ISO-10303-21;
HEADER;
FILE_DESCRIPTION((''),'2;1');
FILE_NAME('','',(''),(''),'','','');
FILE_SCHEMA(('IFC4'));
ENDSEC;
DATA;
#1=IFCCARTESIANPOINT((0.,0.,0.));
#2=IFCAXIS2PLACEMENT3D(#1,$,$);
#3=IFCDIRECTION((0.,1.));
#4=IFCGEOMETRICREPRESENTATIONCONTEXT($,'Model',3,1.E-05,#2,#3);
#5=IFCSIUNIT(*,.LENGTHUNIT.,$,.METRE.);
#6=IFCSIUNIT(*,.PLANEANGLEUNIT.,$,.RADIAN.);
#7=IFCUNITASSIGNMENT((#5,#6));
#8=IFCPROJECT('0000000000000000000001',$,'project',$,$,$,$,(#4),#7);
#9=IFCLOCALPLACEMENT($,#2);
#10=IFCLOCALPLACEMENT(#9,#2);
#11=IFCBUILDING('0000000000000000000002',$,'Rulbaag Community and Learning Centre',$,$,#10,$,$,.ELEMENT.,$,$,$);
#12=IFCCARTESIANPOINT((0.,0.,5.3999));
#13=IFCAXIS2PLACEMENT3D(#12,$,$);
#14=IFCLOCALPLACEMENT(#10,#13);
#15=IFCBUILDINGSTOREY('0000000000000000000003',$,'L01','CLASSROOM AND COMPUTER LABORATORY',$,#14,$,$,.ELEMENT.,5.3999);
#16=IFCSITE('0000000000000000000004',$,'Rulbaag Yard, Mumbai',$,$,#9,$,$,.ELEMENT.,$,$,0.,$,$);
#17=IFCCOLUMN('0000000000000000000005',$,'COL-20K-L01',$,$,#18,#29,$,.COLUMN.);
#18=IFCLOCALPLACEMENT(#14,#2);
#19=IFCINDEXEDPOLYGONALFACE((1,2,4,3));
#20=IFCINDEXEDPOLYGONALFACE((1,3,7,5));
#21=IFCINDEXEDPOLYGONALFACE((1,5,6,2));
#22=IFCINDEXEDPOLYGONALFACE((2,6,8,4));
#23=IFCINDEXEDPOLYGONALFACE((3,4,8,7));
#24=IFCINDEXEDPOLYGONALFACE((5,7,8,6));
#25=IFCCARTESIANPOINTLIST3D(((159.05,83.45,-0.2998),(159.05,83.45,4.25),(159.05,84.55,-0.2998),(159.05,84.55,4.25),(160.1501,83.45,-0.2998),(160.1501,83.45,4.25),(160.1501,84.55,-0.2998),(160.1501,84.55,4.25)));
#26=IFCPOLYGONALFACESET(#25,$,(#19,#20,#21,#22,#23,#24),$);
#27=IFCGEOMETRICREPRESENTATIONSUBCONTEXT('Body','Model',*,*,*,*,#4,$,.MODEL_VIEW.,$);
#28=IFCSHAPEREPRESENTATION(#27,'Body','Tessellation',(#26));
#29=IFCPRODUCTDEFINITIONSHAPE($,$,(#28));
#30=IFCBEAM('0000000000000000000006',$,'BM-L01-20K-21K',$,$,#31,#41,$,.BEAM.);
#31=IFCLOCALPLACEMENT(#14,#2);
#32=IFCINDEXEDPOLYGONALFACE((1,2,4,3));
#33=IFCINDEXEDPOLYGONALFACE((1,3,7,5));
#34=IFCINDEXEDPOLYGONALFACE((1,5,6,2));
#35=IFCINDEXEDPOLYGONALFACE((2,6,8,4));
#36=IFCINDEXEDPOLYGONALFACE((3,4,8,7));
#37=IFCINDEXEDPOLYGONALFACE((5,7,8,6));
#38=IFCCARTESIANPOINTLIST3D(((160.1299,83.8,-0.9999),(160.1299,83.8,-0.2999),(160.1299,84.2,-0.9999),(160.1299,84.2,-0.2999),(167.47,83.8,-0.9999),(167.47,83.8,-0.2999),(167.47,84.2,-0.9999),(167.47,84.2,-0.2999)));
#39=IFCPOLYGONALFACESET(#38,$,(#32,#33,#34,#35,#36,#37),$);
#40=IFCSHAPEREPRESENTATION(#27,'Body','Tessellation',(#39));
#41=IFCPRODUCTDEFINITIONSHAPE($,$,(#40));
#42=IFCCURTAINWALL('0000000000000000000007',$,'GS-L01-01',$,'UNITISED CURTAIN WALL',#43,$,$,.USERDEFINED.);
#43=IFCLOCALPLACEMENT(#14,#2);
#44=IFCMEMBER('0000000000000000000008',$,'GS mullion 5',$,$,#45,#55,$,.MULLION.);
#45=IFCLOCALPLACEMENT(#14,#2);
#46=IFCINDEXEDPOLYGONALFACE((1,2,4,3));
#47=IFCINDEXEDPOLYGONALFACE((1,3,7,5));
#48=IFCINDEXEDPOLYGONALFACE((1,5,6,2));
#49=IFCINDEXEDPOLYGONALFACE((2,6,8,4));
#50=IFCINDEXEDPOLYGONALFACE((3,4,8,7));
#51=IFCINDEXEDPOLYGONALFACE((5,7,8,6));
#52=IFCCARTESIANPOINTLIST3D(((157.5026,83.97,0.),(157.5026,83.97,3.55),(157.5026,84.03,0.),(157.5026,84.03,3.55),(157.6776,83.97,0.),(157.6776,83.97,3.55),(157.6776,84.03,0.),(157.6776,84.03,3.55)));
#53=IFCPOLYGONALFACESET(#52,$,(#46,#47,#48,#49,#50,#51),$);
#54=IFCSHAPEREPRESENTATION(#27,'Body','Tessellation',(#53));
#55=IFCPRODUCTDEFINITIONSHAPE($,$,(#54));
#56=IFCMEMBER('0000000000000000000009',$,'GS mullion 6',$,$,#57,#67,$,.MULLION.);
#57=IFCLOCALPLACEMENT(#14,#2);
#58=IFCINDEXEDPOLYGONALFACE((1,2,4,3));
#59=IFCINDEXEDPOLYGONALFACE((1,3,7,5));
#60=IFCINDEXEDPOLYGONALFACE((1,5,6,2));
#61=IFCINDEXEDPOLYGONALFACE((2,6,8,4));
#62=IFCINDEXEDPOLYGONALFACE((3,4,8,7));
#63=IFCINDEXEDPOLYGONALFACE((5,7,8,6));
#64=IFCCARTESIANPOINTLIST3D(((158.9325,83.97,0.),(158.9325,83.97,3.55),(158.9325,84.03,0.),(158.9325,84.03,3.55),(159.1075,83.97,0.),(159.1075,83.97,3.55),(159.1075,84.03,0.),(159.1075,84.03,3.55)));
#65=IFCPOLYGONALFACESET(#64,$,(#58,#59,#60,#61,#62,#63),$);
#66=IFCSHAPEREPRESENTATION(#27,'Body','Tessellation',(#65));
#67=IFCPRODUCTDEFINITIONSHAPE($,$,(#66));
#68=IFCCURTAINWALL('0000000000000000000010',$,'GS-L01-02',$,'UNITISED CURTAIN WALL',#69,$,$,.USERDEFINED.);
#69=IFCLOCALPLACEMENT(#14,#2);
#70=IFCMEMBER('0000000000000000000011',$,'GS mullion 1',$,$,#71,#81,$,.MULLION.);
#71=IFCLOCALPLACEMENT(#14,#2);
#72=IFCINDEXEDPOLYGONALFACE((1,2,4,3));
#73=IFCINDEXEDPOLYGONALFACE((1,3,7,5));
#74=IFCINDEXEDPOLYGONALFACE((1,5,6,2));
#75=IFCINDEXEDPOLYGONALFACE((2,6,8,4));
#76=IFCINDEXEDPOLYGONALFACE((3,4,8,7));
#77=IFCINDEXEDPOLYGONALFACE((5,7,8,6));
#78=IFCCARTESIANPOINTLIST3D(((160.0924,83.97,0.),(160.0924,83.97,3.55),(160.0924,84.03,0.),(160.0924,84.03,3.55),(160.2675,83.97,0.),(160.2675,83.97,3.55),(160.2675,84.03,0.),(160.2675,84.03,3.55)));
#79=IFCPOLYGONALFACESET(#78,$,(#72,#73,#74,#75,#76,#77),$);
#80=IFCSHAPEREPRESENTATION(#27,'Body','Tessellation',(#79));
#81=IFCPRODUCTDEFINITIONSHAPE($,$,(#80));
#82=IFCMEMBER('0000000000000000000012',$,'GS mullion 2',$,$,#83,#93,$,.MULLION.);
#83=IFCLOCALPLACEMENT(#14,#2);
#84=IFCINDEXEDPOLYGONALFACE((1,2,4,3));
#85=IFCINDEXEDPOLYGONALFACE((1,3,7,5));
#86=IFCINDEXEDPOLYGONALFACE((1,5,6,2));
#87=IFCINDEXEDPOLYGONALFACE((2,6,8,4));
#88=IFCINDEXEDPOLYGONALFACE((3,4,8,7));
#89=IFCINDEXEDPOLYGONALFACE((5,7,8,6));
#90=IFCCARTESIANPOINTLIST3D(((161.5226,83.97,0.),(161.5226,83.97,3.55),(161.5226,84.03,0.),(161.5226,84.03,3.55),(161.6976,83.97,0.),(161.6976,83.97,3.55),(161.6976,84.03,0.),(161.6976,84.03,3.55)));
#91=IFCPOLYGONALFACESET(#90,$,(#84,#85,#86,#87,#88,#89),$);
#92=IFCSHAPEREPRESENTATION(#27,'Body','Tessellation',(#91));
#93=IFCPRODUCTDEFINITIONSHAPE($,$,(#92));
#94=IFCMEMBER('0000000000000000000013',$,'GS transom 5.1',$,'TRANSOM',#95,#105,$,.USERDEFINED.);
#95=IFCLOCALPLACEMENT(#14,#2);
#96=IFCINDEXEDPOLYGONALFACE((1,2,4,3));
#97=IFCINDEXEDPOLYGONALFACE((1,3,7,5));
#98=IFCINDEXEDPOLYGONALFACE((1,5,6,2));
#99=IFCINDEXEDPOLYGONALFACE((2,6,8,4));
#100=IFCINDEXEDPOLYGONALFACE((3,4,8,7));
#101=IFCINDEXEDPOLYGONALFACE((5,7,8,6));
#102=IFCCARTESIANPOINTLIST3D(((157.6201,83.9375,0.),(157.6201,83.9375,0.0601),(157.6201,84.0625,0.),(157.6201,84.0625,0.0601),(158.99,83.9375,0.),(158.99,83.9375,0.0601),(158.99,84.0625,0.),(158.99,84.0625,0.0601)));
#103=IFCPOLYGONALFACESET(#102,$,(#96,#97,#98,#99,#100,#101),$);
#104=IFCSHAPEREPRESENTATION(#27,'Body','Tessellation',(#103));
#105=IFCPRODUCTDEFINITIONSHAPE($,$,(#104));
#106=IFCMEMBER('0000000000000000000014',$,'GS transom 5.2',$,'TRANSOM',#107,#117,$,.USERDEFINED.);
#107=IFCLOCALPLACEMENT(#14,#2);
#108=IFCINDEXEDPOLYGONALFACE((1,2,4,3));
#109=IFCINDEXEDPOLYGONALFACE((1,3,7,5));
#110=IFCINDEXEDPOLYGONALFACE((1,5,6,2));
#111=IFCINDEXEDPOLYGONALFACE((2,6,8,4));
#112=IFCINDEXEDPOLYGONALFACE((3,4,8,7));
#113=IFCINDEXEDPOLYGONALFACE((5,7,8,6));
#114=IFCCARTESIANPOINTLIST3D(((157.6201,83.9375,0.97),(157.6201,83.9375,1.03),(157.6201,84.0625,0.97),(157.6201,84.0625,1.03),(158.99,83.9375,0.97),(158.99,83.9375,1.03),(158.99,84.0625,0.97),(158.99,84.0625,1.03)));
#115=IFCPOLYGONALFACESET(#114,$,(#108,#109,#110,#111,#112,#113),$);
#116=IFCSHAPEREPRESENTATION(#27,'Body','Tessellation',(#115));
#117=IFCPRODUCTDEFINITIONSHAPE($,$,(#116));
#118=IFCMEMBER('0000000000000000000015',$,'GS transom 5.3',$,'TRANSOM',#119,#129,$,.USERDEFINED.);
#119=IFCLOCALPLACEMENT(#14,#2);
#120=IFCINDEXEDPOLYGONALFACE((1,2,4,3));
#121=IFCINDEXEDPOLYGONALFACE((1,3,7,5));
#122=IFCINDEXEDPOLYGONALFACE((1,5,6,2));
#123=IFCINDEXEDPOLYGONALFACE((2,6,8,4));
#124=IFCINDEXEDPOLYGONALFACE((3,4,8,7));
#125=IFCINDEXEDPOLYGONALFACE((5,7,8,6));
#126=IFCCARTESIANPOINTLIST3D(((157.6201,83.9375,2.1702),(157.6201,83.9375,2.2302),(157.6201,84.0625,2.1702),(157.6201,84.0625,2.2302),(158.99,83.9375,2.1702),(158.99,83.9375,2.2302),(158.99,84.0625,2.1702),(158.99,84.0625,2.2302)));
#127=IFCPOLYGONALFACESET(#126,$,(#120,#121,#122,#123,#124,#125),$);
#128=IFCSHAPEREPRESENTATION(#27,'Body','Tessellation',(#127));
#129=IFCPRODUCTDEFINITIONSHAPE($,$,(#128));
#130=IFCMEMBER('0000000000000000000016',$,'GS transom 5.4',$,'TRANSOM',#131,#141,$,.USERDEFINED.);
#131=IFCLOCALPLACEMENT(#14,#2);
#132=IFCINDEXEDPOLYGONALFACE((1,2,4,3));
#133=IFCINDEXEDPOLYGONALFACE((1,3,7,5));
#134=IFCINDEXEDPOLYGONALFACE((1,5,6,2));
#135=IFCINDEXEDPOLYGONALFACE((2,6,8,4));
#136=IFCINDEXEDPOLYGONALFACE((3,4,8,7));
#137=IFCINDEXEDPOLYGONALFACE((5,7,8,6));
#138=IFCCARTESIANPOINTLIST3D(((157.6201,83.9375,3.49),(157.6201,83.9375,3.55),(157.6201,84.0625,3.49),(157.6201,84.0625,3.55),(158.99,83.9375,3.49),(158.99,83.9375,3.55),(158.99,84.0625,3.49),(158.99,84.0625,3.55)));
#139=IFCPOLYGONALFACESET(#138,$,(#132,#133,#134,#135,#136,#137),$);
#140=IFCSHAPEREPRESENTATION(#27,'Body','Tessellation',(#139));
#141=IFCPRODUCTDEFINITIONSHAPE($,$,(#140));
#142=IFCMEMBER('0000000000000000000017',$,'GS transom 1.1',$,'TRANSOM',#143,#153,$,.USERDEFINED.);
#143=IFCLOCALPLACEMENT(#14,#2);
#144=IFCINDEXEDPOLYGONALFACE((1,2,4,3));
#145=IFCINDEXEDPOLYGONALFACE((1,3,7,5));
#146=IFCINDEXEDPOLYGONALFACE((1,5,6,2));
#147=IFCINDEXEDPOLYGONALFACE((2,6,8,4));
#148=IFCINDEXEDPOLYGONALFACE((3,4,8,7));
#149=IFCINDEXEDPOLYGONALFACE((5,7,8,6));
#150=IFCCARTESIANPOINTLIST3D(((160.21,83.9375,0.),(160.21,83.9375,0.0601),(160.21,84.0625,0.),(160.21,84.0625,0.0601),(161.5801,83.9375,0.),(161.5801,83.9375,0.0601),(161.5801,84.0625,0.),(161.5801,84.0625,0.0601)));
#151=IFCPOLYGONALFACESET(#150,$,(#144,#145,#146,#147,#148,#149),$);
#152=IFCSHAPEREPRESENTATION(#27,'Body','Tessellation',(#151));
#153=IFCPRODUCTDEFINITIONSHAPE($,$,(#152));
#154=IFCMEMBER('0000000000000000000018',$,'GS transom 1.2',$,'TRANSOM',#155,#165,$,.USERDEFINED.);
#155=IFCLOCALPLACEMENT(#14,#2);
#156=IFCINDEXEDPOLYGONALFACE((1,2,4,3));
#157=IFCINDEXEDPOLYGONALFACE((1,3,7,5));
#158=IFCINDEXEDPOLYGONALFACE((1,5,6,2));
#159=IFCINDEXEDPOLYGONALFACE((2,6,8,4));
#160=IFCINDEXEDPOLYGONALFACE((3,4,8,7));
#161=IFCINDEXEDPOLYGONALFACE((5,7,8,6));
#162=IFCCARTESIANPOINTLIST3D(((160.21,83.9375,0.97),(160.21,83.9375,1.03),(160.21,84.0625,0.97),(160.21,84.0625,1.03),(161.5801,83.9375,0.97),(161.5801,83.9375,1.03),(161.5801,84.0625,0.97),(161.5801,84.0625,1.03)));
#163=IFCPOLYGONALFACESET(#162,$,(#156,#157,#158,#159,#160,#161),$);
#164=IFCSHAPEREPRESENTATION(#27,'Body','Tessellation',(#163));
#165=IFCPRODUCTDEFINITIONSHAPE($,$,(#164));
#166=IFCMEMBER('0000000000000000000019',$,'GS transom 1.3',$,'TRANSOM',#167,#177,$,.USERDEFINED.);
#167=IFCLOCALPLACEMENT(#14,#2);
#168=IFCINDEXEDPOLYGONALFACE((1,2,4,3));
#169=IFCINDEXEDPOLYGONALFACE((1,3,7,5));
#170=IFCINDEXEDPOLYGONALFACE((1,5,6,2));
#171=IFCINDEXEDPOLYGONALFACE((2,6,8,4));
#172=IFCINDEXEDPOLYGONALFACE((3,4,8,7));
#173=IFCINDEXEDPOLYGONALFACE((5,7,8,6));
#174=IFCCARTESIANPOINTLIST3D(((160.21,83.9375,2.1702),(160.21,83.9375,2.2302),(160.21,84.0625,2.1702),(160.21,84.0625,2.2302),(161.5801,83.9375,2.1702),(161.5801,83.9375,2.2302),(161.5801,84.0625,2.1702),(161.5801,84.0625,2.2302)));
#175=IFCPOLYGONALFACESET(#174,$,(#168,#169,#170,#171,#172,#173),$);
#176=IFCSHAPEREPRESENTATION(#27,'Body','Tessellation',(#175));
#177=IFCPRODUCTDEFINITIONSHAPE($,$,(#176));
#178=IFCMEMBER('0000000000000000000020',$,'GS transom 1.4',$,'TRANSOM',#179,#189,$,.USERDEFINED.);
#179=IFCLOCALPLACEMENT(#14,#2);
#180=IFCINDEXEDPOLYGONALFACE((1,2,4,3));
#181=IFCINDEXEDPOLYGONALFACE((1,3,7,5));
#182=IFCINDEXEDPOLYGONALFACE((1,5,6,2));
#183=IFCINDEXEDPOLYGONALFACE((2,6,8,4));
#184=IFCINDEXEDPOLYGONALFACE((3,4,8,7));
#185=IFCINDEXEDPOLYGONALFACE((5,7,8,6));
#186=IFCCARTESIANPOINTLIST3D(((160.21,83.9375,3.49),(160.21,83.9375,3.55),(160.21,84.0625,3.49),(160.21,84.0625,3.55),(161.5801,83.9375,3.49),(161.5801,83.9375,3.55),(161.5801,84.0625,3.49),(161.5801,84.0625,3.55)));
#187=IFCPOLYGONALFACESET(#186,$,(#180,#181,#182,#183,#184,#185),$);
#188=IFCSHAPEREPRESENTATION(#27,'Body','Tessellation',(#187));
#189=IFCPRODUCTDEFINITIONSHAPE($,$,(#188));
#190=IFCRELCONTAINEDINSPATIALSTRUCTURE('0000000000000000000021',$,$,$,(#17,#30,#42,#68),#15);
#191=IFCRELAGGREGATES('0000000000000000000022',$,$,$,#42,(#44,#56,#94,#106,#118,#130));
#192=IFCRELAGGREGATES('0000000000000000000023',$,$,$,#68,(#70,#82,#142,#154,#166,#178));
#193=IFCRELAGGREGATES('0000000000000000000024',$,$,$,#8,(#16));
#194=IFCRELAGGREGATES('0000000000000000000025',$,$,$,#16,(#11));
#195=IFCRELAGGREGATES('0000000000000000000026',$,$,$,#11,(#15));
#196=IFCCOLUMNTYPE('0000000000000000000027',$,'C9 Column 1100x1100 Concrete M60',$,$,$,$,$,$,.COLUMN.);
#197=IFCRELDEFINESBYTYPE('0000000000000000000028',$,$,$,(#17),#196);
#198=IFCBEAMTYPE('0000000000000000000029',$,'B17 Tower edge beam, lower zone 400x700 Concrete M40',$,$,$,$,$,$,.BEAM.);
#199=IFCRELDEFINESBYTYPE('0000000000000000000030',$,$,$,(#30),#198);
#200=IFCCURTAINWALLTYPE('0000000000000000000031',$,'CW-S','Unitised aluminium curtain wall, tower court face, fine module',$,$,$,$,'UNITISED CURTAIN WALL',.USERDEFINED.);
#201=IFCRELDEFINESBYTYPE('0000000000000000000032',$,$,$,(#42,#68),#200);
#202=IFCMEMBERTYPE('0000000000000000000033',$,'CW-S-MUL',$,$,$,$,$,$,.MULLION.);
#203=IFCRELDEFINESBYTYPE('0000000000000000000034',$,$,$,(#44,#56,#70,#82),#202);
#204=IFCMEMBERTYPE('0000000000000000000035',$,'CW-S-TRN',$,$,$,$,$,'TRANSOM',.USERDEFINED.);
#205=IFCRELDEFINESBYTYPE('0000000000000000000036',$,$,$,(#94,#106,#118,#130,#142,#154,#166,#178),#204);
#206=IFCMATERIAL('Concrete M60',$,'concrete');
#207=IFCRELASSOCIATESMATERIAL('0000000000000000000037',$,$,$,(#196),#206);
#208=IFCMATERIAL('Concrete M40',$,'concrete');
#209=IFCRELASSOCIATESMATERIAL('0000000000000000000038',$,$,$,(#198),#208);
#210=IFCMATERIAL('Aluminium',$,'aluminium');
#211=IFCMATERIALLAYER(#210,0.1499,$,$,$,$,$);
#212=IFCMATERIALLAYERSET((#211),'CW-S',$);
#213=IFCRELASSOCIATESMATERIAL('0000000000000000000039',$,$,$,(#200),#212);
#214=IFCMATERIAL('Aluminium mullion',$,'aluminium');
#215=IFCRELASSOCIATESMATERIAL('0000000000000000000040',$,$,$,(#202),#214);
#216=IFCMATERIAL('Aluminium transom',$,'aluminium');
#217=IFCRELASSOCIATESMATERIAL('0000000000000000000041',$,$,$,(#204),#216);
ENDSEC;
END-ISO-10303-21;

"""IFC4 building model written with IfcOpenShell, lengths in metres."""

from ifc_helpers import new_model, si_unit, direction, frame, origin, origin_2d, place, context, subcontext, project, spatial, rectangle, extrude, material, layer, layer_set, material_profile, profile_set, type_object, element, aggregate, save


model = new_model("IFC4")

# Units and contexts
model_context = context("Model", 3, precision=1e-05, world=origin(), true_north=direction((0.0, 1.0)))
body_context = subcontext(model_context, "Body", "Model", "MODEL_VIEW")
ifc_project = project(units=[si_unit("LENGTHUNIT", "METRE"), si_unit("PLANEANGLEUNIT", "RADIAN")], contexts=[model_context])

# Site, building, storey
site_placement = place(None, origin())
site = spatial("IfcSite", under=ifc_project, at=site_placement, Name="Rulbaag Yard, Mumbai", CompositionType="ELEMENT", RefElevation=0.0)
building_placement = place(site_placement, origin())
building = spatial("IfcBuilding", under=site, at=building_placement, Name="Rulbaag Community and Learning Centre", CompositionType="ELEMENT")
storey_placement = place(building_placement, frame((0.0, 0.0, 5.3999)))
storey = spatial("IfcBuildingStorey", under=building, at=storey_placement, Name="L01", Description="CLASSROOM AND COMPUTER LABORATORY", CompositionType="ELEMENT", Elevation=5.3999)

# Column
ifc_material_1 = material(Name="Concrete M60", Category="concrete")
ifc_material_profile_1 = material_profile(ifc_material_1, rectangle(XDim=1.1001, YDim=1.1001, at=origin_2d()), Name="RC1100x1100")
ifc_profile_set_1 = profile_set([ifc_material_profile_1], Name="Concrete M60")
column_type = type_object("IfcColumnType", Name="C9 Column 1100x1100 Concrete M60", PredefinedType="COLUMN", material=ifc_profile_set_1)
column_placement = place(storey_placement, frame((159.6001, 84.0, -0.2998), z_axis=(0.0, 0.0, 1.0), x_axis=(1.0, 0.0, 0.0)))
element("IfcColumn", 1, at=column_placement, inside=storey, type_object=column_type, Name="COL-20K-L01", PredefinedType="COLUMN", context=body_context, shape_type="SweptSolid", body=[
    extrude(rectangle(XDim=1.1001, YDim=1.1001, at=origin_2d()), origin(), (0.0, 0.0, 1.0), 4.5498),
])

# Beam
ifc_material_2 = material(Name="Concrete M40", Category="concrete")
ifc_material_profile_2 = material_profile(ifc_material_2, rectangle(XDim=0.3999, YDim=0.7, at=origin_2d()), Name="RB400x700")
ifc_profile_set_2 = profile_set([ifc_material_profile_2], Name="Concrete M40")
beam_type = type_object("IfcBeamType", Name="B17 Tower edge beam, lower zone 400x700 Concrete M40", PredefinedType="BEAM", material=ifc_profile_set_2)
beam_placement = place(storey_placement, frame((160.1299, 84.0, -0.6499), z_axis=(1.0, 0.0, 0.0), x_axis=(0.0, 1.0, 0.0)))
element("IfcBeam", 2, at=beam_placement, inside=storey, type_object=beam_type, Name="BM-L01-20K-21K", PredefinedType="BEAM", context=body_context, shape_type="SweptSolid", body=[
    extrude(rectangle(XDim=0.3999, YDim=0.7, at=origin_2d()), origin(), (0.0, 0.0, 1.0), 7.3401),
])

# Curtain walls, members
ifc_material_3 = material(Name="Aluminium", Category="aluminium")
ifc_layer_1 = layer(ifc_material_3, 0.1499)
ifc_layer_set_1 = layer_set([ifc_layer_1], Name="CW-S")
curtain_wall_type = type_object("IfcCurtainWallType", Name="CW-S", Description="Unitised aluminium curtain wall, tower court face, fine module", ElementType="UNITISED CURTAIN WALL", PredefinedType="USERDEFINED", material=ifc_layer_set_1)
curtain_wall_1_placement = place(storey_placement, origin())
curtain_wall_1 = element("IfcCurtainWall", 3, at=curtain_wall_1_placement, inside=storey, type_object=curtain_wall_type, Name="GS-L01-01", ObjectType="UNITISED CURTAIN WALL", PredefinedType="USERDEFINED")
ifc_material_4 = material(Name="Aluminium mullion", Category="aluminium")
ifc_material_profile_3 = material_profile(ifc_material_4, rectangle(XDim=0.0601, YDim=0.175, at=origin_2d()), Name="AL 60x175")
ifc_profile_set_3 = profile_set([ifc_material_profile_3], Name="Aluminium mullion")
member_type_1 = type_object("IfcMemberType", Name="CW-S-MUL", PredefinedType="MULLION", material=ifc_profile_set_3)
member_1_placement = place(storey_placement, frame((157.5901, 84.0, 0.0), z_axis=(0.0, 0.0, 1.0), x_axis=(0.0, 1.0, 0.0)))
member_1 = element("IfcMember", 4, at=member_1_placement, type_object=member_type_1, Name="GS mullion 5", PredefinedType="MULLION", context=body_context, shape_type="SweptSolid", body=[
    extrude(rectangle(XDim=0.0601, YDim=0.175, at=origin_2d()), origin(), (0.0, 0.0, 1.0), 3.55),
])
member_2_placement = place(storey_placement, frame((159.02, 84.0, 0.0), z_axis=(0.0, 0.0, 1.0), x_axis=(0.0, 1.0, 0.0)))
member_2 = element("IfcMember", 5, at=member_2_placement, type_object=member_type_1, Name="GS mullion 6", PredefinedType="MULLION", context=body_context, shape_type="SweptSolid", body=[
    extrude(rectangle(XDim=0.0601, YDim=0.175, at=origin_2d()), origin(), (0.0, 0.0, 1.0), 3.55),
])
curtain_wall_2_placement = place(storey_placement, origin())
curtain_wall_2 = element("IfcCurtainWall", 6, at=curtain_wall_2_placement, inside=storey, type_object=curtain_wall_type, Name="GS-L01-02", ObjectType="UNITISED CURTAIN WALL", PredefinedType="USERDEFINED")
member_3_placement = place(storey_placement, frame((160.1799, 84.0, 0.0), z_axis=(0.0, 0.0, 1.0), x_axis=(0.0, 1.0, 0.0)))
member_3 = element("IfcMember", 7, at=member_3_placement, type_object=member_type_1, Name="GS mullion 1", PredefinedType="MULLION", context=body_context, shape_type="SweptSolid", body=[
    extrude(rectangle(XDim=0.0601, YDim=0.175, at=origin_2d()), origin(), (0.0, 0.0, 1.0), 3.55),
])
member_4_placement = place(storey_placement, frame((161.6101, 84.0, 0.0), z_axis=(0.0, 0.0, 1.0), x_axis=(0.0, 1.0, 0.0)))
member_4 = element("IfcMember", 8, at=member_4_placement, type_object=member_type_1, Name="GS mullion 2", PredefinedType="MULLION", context=body_context, shape_type="SweptSolid", body=[
    extrude(rectangle(XDim=0.0601, YDim=0.175, at=origin_2d()), origin(), (0.0, 0.0, 1.0), 3.55),
])

# Members
ifc_material_5 = material(Name="Aluminium transom", Category="aluminium")
ifc_material_profile_4 = material_profile(ifc_material_5, rectangle(XDim=0.125, YDim=0.0601, at=origin_2d()), Name="AL 60x125 T")
ifc_profile_set_4 = profile_set([ifc_material_profile_4], Name="Aluminium transom")
member_type_2 = type_object("IfcMemberType", Name="CW-S-TRN", ElementType="TRANSOM", PredefinedType="USERDEFINED", material=ifc_profile_set_4)
member_5_placement = place(storey_placement, frame((157.6201, 84.0, 0.03), z_axis=(1.0, 0.0, 0.0), x_axis=(0.0, 1.0, 0.0)))
member_5 = element("IfcMember", 9, at=member_5_placement, type_object=member_type_2, Name="GS transom 5.1", ObjectType="TRANSOM", PredefinedType="USERDEFINED", context=body_context, shape_type="SweptSolid", body=[
    extrude(rectangle(XDim=0.125, YDim=0.0601, at=origin_2d()), origin(), (0.0, 0.0, 1.0), 1.3699),
])
member_6_placement = place(storey_placement, frame((157.6201, 84.0, 1.0), z_axis=(1.0, 0.0, 0.0), x_axis=(0.0, 1.0, 0.0)))
member_6 = element("IfcMember", 10, at=member_6_placement, type_object=member_type_2, Name="GS transom 5.2", ObjectType="TRANSOM", PredefinedType="USERDEFINED", context=body_context, shape_type="SweptSolid", body=[
    extrude(rectangle(XDim=0.125, YDim=0.0601, at=origin_2d()), origin(), (0.0, 0.0, 1.0), 1.3699),
])
member_7_placement = place(storey_placement, frame((157.6201, 84.0, 2.2002), z_axis=(1.0, 0.0, 0.0), x_axis=(0.0, 1.0, 0.0)))
member_7 = element("IfcMember", 11, at=member_7_placement, type_object=member_type_2, Name="GS transom 5.3", ObjectType="TRANSOM", PredefinedType="USERDEFINED", context=body_context, shape_type="SweptSolid", body=[
    extrude(rectangle(XDim=0.125, YDim=0.0601, at=origin_2d()), origin(), (0.0, 0.0, 1.0), 1.3699),
])
member_8_placement = place(storey_placement, frame((157.6201, 84.0, 3.52), z_axis=(1.0, 0.0, 0.0), x_axis=(0.0, 1.0, 0.0)))
member_8 = element("IfcMember", 12, at=member_8_placement, type_object=member_type_2, Name="GS transom 5.4", ObjectType="TRANSOM", PredefinedType="USERDEFINED", context=body_context, shape_type="SweptSolid", body=[
    extrude(rectangle(XDim=0.125, YDim=0.0601, at=origin_2d()), origin(), (0.0, 0.0, 1.0), 1.3699),
])
member_9_placement = place(storey_placement, frame((160.21, 84.0, 0.03), z_axis=(1.0, 0.0, 0.0), x_axis=(0.0, 1.0, 0.0)))
member_9 = element("IfcMember", 13, at=member_9_placement, type_object=member_type_2, Name="GS transom 1.1", ObjectType="TRANSOM", PredefinedType="USERDEFINED", context=body_context, shape_type="SweptSolid", body=[
    extrude(rectangle(XDim=0.125, YDim=0.0601, at=origin_2d()), origin(), (0.0, 0.0, 1.0), 1.3701),
])
member_10_placement = place(storey_placement, frame((160.21, 84.0, 1.0), z_axis=(1.0, 0.0, 0.0), x_axis=(0.0, 1.0, 0.0)))
member_10 = element("IfcMember", 14, at=member_10_placement, type_object=member_type_2, Name="GS transom 1.2", ObjectType="TRANSOM", PredefinedType="USERDEFINED", context=body_context, shape_type="SweptSolid", body=[
    extrude(rectangle(XDim=0.125, YDim=0.0601, at=origin_2d()), origin(), (0.0, 0.0, 1.0), 1.3701),
])
member_11_placement = place(storey_placement, frame((160.21, 84.0, 2.2002), z_axis=(1.0, 0.0, 0.0), x_axis=(0.0, 1.0, 0.0)))
member_11 = element("IfcMember", 15, at=member_11_placement, type_object=member_type_2, Name="GS transom 1.3", ObjectType="TRANSOM", PredefinedType="USERDEFINED", context=body_context, shape_type="SweptSolid", body=[
    extrude(rectangle(XDim=0.125, YDim=0.0601, at=origin_2d()), origin(), (0.0, 0.0, 1.0), 1.3701),
])
member_12_placement = place(storey_placement, frame((160.21, 84.0, 3.52), z_axis=(1.0, 0.0, 0.0), x_axis=(0.0, 1.0, 0.0)))
member_12 = element("IfcMember", 16, at=member_12_placement, type_object=member_type_2, Name="GS transom 1.4", ObjectType="TRANSOM", PredefinedType="USERDEFINED", context=body_context, shape_type="SweptSolid", body=[
    extrude(rectangle(XDim=0.125, YDim=0.0601, at=origin_2d()), origin(), (0.0, 0.0, 1.0), 1.3701),
])

aggregate(curtain_wall_1, [member_1, member_2, member_5, member_6, member_7, member_8])
aggregate(curtain_wall_2, [member_3, member_4, member_9, member_10, member_11, member_12])

save(model, "model.ifc")
